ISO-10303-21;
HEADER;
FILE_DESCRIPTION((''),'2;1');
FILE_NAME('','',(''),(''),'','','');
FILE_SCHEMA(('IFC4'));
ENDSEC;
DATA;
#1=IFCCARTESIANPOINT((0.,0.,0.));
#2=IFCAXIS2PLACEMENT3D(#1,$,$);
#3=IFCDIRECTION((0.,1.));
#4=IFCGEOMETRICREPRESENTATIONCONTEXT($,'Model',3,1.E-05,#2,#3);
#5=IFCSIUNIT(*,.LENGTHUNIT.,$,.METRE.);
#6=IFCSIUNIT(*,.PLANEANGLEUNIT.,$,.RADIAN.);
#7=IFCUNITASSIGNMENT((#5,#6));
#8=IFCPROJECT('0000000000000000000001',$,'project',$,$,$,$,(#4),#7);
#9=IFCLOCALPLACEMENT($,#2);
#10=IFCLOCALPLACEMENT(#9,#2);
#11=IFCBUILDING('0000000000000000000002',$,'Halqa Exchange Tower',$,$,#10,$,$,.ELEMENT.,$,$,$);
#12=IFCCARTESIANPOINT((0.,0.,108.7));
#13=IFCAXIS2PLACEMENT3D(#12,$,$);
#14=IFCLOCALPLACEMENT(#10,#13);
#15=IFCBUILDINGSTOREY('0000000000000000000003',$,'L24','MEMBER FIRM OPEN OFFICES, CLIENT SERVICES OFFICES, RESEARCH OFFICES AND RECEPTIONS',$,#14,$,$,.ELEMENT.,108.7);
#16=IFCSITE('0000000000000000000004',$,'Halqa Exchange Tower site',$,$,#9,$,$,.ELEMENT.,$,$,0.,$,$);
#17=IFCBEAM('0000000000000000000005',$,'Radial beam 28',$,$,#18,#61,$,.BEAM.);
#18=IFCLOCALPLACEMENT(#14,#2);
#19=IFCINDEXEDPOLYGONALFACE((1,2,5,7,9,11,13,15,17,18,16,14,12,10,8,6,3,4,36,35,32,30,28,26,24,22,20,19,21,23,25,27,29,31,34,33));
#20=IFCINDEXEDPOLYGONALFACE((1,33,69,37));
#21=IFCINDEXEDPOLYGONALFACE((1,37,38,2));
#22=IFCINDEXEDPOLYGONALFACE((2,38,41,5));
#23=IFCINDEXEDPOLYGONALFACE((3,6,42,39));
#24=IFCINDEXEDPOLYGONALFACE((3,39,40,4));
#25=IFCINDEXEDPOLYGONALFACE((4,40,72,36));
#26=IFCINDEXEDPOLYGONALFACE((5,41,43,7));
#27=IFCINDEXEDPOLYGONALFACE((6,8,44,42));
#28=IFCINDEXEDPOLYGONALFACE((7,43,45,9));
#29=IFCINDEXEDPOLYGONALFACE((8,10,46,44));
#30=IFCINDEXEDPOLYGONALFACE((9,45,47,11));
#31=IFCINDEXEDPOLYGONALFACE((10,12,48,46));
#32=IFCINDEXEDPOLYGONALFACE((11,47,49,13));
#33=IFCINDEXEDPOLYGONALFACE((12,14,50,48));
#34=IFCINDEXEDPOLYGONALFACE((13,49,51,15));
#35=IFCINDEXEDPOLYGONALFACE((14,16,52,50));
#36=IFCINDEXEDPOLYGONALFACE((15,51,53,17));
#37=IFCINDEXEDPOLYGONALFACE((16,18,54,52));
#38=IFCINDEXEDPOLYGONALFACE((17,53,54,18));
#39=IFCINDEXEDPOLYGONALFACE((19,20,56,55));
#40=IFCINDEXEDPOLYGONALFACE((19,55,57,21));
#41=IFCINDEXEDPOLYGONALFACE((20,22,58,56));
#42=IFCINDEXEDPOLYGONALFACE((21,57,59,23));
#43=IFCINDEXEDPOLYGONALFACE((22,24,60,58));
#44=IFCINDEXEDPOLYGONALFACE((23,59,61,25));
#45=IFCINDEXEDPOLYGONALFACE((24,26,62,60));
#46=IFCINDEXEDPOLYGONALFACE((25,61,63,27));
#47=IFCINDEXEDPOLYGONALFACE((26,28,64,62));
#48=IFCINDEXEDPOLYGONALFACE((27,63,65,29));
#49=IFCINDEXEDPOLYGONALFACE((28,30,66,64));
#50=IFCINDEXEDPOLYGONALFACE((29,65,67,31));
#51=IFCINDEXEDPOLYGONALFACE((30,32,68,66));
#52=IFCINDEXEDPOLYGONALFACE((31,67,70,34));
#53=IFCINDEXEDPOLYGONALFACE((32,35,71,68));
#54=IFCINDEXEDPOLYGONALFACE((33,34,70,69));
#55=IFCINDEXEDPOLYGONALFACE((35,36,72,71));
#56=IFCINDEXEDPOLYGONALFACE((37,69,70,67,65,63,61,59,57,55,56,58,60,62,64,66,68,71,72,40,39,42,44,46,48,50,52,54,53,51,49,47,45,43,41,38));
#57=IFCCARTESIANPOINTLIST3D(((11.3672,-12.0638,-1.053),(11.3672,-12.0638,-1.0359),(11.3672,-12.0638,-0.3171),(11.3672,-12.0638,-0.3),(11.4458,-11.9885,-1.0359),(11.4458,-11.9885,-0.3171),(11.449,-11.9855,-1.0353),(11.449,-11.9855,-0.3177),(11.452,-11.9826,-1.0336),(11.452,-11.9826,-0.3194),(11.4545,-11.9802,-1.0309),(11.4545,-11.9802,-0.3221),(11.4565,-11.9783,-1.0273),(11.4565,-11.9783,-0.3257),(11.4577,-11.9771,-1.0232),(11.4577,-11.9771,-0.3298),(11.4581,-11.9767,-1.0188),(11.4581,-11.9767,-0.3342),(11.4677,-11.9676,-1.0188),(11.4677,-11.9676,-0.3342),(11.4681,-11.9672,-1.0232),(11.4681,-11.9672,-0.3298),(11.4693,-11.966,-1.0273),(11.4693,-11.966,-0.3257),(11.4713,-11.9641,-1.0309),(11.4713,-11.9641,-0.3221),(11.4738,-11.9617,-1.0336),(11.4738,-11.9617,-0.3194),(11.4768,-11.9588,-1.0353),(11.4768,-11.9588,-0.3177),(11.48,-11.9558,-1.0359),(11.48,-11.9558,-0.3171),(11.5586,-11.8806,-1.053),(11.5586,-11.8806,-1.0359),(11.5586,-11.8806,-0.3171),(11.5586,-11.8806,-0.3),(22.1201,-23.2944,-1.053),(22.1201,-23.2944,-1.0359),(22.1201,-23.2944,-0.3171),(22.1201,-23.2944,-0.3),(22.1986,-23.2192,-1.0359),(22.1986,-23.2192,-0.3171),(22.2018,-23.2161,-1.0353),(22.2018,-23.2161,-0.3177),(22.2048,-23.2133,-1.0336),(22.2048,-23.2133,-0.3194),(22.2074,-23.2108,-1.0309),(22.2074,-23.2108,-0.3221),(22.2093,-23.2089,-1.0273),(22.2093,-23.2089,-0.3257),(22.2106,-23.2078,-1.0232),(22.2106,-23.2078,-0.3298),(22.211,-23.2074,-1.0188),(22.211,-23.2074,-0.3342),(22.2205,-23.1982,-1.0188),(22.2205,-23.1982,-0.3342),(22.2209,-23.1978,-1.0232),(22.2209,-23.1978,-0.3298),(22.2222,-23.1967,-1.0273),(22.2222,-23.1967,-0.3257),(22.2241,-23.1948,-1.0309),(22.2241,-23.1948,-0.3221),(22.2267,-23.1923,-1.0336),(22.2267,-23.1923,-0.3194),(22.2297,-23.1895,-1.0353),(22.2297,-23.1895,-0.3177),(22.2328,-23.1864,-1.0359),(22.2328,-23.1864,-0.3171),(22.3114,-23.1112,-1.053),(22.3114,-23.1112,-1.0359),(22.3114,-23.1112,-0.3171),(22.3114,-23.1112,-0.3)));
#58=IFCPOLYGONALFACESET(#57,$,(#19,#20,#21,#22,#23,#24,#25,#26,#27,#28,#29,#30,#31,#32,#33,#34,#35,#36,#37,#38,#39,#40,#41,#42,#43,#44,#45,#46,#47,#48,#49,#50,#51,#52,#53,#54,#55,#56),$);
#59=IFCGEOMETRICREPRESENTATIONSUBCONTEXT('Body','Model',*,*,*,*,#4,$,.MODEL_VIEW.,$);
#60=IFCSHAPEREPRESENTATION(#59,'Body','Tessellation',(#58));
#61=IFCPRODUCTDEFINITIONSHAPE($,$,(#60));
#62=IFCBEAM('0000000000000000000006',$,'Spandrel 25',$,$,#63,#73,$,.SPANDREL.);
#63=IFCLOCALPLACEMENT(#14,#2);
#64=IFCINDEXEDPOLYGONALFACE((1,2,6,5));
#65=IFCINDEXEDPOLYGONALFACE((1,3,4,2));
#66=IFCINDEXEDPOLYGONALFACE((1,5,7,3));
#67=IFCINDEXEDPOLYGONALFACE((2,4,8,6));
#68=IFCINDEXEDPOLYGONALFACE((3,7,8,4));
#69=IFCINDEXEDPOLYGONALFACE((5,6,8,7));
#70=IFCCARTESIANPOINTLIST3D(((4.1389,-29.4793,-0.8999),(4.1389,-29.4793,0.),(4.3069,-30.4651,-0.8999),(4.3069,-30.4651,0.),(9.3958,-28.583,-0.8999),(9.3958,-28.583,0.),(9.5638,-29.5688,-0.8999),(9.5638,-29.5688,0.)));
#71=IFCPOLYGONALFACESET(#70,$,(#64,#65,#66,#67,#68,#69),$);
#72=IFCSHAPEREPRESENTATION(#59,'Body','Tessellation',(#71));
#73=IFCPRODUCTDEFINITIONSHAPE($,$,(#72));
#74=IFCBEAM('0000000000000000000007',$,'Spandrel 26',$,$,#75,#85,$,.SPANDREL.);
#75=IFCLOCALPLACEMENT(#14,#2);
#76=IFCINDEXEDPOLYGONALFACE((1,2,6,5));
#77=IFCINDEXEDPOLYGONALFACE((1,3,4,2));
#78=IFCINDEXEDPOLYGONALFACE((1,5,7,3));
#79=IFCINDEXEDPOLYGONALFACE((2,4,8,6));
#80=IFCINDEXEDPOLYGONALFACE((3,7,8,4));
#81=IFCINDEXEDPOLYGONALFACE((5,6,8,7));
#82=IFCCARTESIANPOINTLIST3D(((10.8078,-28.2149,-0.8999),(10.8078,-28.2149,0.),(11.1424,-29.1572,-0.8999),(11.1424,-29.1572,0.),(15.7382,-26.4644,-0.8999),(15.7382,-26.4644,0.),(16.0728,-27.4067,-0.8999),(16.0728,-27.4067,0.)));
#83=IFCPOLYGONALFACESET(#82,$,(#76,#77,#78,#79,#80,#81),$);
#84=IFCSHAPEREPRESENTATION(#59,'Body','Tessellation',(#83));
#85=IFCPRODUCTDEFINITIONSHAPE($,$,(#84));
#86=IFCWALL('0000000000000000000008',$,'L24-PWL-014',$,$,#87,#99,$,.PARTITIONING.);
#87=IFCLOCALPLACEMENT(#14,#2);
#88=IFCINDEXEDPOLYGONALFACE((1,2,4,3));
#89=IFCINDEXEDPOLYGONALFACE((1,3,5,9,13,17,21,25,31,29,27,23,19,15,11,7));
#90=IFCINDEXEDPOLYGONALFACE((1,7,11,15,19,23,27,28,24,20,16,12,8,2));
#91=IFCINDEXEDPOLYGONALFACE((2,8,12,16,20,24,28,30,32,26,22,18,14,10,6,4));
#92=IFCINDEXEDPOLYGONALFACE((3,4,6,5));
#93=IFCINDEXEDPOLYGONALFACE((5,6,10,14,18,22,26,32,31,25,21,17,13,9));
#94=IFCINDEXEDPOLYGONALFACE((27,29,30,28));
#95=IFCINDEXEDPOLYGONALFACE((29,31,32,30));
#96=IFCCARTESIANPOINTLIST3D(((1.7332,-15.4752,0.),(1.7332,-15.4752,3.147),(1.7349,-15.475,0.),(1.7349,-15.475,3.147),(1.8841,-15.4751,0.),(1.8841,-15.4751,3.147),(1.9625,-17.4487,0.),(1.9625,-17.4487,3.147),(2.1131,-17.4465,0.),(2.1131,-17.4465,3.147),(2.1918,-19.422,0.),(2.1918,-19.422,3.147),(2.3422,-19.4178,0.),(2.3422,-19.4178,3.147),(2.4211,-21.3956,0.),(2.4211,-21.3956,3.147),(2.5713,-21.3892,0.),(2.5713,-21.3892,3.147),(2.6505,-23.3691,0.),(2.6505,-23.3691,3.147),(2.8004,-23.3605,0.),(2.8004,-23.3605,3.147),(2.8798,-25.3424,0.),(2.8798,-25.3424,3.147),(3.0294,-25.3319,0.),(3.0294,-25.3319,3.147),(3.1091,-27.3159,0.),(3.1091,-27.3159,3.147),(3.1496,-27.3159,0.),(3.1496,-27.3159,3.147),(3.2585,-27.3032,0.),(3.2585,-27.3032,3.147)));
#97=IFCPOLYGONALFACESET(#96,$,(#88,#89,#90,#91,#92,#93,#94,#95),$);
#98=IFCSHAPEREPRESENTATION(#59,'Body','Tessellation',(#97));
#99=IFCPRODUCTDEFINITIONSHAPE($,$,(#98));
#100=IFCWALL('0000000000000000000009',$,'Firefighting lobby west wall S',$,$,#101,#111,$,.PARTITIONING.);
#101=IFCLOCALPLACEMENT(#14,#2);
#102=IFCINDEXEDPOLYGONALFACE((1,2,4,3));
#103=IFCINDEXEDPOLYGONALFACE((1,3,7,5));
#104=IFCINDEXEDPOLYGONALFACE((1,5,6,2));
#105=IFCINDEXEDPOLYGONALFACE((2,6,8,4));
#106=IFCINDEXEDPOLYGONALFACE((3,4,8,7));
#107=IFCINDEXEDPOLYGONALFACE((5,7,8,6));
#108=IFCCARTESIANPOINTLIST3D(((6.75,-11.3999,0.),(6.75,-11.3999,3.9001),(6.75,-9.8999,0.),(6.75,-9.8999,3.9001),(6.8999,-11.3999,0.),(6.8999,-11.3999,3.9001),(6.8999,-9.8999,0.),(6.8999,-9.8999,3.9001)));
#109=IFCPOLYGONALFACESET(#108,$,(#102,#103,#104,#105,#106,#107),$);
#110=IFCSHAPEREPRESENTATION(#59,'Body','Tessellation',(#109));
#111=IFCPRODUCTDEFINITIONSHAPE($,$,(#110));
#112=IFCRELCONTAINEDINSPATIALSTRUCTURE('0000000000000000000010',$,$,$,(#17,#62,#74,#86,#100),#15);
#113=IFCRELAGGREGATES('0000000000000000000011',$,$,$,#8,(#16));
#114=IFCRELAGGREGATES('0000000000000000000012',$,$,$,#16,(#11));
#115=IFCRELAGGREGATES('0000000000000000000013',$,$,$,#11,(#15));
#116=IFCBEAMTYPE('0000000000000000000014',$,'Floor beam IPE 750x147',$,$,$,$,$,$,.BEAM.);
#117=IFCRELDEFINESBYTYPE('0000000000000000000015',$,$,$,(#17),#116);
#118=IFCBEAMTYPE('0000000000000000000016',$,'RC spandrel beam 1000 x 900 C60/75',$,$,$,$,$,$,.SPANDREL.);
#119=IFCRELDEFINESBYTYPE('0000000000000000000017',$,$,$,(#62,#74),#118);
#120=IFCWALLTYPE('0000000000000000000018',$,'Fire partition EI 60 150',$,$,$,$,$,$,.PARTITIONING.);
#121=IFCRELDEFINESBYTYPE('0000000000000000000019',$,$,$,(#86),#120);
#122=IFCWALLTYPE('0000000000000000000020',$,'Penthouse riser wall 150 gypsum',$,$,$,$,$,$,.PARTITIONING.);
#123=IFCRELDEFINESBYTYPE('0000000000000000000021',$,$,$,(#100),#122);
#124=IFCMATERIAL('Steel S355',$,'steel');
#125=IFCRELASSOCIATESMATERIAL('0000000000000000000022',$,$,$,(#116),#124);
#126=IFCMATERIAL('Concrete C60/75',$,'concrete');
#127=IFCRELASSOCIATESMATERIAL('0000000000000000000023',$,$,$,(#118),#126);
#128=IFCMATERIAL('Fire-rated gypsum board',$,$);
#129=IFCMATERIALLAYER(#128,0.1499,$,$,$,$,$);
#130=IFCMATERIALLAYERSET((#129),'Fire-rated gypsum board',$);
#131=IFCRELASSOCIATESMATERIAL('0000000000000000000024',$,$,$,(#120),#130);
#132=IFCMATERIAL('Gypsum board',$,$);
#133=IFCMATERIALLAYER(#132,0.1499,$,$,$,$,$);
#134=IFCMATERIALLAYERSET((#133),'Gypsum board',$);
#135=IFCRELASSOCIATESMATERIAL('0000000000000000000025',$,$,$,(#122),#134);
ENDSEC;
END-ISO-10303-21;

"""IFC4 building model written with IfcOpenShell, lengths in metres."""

from ifc_helpers import new_model, si_unit, direction, frame, frame_2d, origin, origin_2d, place, context, subcontext, project, spatial, polyline, rectangle, i_section, outline, extrude, material, layer, layer_set, material_profile, profile_set, type_object, element, save


model = new_model("IFC4")

# Units and contexts
model_context = context("Model", 3, precision=1e-05, world=origin(), true_north=direction((0.0, 1.0)))
body_context = subcontext(model_context, "Body", "Model", "MODEL_VIEW")
ifc_project = project(units=[si_unit("LENGTHUNIT", "METRE"), si_unit("PLANEANGLEUNIT", "RADIAN")], contexts=[model_context])

# Site, building, storey
site_placement = place(None, origin())
site = spatial("IfcSite", under=ifc_project, at=site_placement, Name="Halqa Exchange Tower site", CompositionType="ELEMENT", RefElevation=0.0)
building_placement = place(site_placement, origin())
building = spatial("IfcBuilding", under=site, at=building_placement, Name="Halqa Exchange Tower", CompositionType="ELEMENT")
storey_placement = place(building_placement, frame((0.0, 0.0, 108.7)))
storey = spatial("IfcBuildingStorey", under=building, at=storey_placement, Name="L24", Description="MEMBER FIRM OPEN OFFICES, CLIENT SERVICES OFFICES, RESEARCH OFFICES AND RECEPTIONS", CompositionType="ELEMENT", Elevation=108.7)

# Beams
ifc_material_1 = material(Name="Steel S355", Category="steel")
ifc_material_profile_1 = material_profile(ifc_material_1, i_section(OverallWidth=0.2649, OverallDepth=0.7529, WebThickness=0.0132, FlangeThickness=0.0171, FilletRadius=0.0171, at=origin_2d()), Name="IPE 750x147")
ifc_profile_set_1 = profile_set([ifc_material_profile_1], Name="Steel S355")
beam_type_1 = type_object("IfcBeamType", Name="Floor beam IPE 750x147", PredefinedType="BEAM", material=ifc_profile_set_1)
beam_1_placement = place(storey_placement, frame((11.4629, -11.9722, -0.6765), z_axis=(0.691576, -0.722304, 0.0), x_axis=(0.722304, 0.691576, 0.0)))
element("IfcBeam", 1, at=beam_1_placement, inside=storey, type_object=beam_type_1, Name="Radial beam 28", PredefinedType="BEAM", context=body_context, shape_type="SweptSolid", body=[
    extrude(i_section(OverallWidth=0.2649, OverallDepth=0.7529, WebThickness=0.0132, FlangeThickness=0.0171, FilletRadius=0.0171, at=origin_2d()), origin(), (0.0, 0.0, 1.0), 15.5483),
])
ifc_material_2 = material(Name="Concrete C60/75", Category="concrete")
ifc_material_profile_2 = material_profile(ifc_material_2, rectangle(XDim=1.0, YDim=0.8999, at=origin_2d()), Name="1000 x 900")
ifc_profile_set_2 = profile_set([ifc_material_profile_2], Name="Concrete C60/75")
beam_type_2 = type_object("IfcBeamType", Name="RC spandrel beam 1000 x 900 C60/75", PredefinedType="SPANDREL", material=ifc_profile_set_2)
beam_2_placement = place(storey_placement, frame((4.2229, -29.9722, -0.45), z_axis=(0.985776, 0.168065, 0.0), x_axis=(-0.168065, 0.985776, 0.0)))
element("IfcBeam", 2, at=beam_2_placement, inside=storey, type_object=beam_type_2, Name="Spandrel 25", PredefinedType="SPANDREL", context=body_context, shape_type="SweptSolid", body=[
    extrude(rectangle(XDim=1.0, YDim=0.8999, at=origin_2d()), origin(), (0.0, 0.0, 1.0), 5.3328),
])
beam_3_placement = place(storey_placement, frame((10.9751, -28.686, -0.45), z_axis=(0.942368, 0.334577, 0.0), x_axis=(-0.334577, 0.942368, 0.0)))
element("IfcBeam", 3, at=beam_3_placement, inside=storey, type_object=beam_type_2, Name="Spandrel 26", PredefinedType="SPANDREL", context=body_context, shape_type="SweptSolid", body=[
    extrude(rectangle(XDim=1.0, YDim=0.8999, at=origin_2d()), origin(), (0.0, 0.0, 1.0), 5.2319),
])

# Walls
ifc_material_3 = material(Name="Fire-rated gypsum board")
ifc_layer_1 = layer(ifc_material_3, 0.1499)
ifc_layer_set_1 = layer_set([ifc_layer_1], Name="Fire-rated gypsum board")
wall_type_1 = type_object("IfcWallType", Name="Fire partition EI 60 150", PredefinedType="PARTITIONING", material=ifc_layer_set_1)
wall_1_placement = place(storey_placement, frame((1.8076, -15.4666, 0.0), z_axis=(0.0, 0.0, 1.0), x_axis=(0.115425, -0.993316, 0.0)))
element("IfcWall", 4, at=wall_1_placement, inside=storey, type_object=wall_type_1, Name="L24-PWL-014", PredefinedType="PARTITIONING", context=body_context, shape_type="SweptSolid", body=[
    extrude(outline(polyline([(0.0, -0.075), (1.9868, -0.075), (3.9734, -0.075), (5.9602, -0.075), (7.947, -0.075), (9.9336, -0.075), (11.9204, -0.075), (11.925, -0.0347), (11.925, 0.075), (9.9404, 0.075), (7.9558, 0.075), (5.9712, 0.075), (3.9866, 0.075), (2.002, 0.075), (0.0173, 0.075), (0.0, -0.0732), (0.0, -0.075)])), origin(), (0.0, 0.0, 1.0), 3.147),
])
ifc_material_4 = material(Name="Gypsum board")
ifc_layer_2 = layer(ifc_material_4, 0.1499)
ifc_layer_set_2 = layer_set([ifc_layer_2], Name="Gypsum board")
wall_type_2 = type_object("IfcWallType", Name="Penthouse riser wall 150 gypsum", PredefinedType="PARTITIONING", material=ifc_layer_set_2)
wall_2_placement = place(storey_placement, frame((6.825, -11.3999, 0.0), z_axis=(0.0, 0.0, 1.0), x_axis=(0.0, 1.0, 0.0)))
element("IfcWall", 5, at=wall_2_placement, inside=storey, type_object=wall_type_2, Name="Firefighting lobby west wall S", PredefinedType="PARTITIONING", context=body_context, shape_type="SweptSolid", body=[
    extrude(rectangle(XDim=1.5, YDim=0.1499, at=frame_2d((0.75, 0.0))), origin(), (0.0, 0.0, 1.0), 3.9001),
])

save(model, "model.ifc")
